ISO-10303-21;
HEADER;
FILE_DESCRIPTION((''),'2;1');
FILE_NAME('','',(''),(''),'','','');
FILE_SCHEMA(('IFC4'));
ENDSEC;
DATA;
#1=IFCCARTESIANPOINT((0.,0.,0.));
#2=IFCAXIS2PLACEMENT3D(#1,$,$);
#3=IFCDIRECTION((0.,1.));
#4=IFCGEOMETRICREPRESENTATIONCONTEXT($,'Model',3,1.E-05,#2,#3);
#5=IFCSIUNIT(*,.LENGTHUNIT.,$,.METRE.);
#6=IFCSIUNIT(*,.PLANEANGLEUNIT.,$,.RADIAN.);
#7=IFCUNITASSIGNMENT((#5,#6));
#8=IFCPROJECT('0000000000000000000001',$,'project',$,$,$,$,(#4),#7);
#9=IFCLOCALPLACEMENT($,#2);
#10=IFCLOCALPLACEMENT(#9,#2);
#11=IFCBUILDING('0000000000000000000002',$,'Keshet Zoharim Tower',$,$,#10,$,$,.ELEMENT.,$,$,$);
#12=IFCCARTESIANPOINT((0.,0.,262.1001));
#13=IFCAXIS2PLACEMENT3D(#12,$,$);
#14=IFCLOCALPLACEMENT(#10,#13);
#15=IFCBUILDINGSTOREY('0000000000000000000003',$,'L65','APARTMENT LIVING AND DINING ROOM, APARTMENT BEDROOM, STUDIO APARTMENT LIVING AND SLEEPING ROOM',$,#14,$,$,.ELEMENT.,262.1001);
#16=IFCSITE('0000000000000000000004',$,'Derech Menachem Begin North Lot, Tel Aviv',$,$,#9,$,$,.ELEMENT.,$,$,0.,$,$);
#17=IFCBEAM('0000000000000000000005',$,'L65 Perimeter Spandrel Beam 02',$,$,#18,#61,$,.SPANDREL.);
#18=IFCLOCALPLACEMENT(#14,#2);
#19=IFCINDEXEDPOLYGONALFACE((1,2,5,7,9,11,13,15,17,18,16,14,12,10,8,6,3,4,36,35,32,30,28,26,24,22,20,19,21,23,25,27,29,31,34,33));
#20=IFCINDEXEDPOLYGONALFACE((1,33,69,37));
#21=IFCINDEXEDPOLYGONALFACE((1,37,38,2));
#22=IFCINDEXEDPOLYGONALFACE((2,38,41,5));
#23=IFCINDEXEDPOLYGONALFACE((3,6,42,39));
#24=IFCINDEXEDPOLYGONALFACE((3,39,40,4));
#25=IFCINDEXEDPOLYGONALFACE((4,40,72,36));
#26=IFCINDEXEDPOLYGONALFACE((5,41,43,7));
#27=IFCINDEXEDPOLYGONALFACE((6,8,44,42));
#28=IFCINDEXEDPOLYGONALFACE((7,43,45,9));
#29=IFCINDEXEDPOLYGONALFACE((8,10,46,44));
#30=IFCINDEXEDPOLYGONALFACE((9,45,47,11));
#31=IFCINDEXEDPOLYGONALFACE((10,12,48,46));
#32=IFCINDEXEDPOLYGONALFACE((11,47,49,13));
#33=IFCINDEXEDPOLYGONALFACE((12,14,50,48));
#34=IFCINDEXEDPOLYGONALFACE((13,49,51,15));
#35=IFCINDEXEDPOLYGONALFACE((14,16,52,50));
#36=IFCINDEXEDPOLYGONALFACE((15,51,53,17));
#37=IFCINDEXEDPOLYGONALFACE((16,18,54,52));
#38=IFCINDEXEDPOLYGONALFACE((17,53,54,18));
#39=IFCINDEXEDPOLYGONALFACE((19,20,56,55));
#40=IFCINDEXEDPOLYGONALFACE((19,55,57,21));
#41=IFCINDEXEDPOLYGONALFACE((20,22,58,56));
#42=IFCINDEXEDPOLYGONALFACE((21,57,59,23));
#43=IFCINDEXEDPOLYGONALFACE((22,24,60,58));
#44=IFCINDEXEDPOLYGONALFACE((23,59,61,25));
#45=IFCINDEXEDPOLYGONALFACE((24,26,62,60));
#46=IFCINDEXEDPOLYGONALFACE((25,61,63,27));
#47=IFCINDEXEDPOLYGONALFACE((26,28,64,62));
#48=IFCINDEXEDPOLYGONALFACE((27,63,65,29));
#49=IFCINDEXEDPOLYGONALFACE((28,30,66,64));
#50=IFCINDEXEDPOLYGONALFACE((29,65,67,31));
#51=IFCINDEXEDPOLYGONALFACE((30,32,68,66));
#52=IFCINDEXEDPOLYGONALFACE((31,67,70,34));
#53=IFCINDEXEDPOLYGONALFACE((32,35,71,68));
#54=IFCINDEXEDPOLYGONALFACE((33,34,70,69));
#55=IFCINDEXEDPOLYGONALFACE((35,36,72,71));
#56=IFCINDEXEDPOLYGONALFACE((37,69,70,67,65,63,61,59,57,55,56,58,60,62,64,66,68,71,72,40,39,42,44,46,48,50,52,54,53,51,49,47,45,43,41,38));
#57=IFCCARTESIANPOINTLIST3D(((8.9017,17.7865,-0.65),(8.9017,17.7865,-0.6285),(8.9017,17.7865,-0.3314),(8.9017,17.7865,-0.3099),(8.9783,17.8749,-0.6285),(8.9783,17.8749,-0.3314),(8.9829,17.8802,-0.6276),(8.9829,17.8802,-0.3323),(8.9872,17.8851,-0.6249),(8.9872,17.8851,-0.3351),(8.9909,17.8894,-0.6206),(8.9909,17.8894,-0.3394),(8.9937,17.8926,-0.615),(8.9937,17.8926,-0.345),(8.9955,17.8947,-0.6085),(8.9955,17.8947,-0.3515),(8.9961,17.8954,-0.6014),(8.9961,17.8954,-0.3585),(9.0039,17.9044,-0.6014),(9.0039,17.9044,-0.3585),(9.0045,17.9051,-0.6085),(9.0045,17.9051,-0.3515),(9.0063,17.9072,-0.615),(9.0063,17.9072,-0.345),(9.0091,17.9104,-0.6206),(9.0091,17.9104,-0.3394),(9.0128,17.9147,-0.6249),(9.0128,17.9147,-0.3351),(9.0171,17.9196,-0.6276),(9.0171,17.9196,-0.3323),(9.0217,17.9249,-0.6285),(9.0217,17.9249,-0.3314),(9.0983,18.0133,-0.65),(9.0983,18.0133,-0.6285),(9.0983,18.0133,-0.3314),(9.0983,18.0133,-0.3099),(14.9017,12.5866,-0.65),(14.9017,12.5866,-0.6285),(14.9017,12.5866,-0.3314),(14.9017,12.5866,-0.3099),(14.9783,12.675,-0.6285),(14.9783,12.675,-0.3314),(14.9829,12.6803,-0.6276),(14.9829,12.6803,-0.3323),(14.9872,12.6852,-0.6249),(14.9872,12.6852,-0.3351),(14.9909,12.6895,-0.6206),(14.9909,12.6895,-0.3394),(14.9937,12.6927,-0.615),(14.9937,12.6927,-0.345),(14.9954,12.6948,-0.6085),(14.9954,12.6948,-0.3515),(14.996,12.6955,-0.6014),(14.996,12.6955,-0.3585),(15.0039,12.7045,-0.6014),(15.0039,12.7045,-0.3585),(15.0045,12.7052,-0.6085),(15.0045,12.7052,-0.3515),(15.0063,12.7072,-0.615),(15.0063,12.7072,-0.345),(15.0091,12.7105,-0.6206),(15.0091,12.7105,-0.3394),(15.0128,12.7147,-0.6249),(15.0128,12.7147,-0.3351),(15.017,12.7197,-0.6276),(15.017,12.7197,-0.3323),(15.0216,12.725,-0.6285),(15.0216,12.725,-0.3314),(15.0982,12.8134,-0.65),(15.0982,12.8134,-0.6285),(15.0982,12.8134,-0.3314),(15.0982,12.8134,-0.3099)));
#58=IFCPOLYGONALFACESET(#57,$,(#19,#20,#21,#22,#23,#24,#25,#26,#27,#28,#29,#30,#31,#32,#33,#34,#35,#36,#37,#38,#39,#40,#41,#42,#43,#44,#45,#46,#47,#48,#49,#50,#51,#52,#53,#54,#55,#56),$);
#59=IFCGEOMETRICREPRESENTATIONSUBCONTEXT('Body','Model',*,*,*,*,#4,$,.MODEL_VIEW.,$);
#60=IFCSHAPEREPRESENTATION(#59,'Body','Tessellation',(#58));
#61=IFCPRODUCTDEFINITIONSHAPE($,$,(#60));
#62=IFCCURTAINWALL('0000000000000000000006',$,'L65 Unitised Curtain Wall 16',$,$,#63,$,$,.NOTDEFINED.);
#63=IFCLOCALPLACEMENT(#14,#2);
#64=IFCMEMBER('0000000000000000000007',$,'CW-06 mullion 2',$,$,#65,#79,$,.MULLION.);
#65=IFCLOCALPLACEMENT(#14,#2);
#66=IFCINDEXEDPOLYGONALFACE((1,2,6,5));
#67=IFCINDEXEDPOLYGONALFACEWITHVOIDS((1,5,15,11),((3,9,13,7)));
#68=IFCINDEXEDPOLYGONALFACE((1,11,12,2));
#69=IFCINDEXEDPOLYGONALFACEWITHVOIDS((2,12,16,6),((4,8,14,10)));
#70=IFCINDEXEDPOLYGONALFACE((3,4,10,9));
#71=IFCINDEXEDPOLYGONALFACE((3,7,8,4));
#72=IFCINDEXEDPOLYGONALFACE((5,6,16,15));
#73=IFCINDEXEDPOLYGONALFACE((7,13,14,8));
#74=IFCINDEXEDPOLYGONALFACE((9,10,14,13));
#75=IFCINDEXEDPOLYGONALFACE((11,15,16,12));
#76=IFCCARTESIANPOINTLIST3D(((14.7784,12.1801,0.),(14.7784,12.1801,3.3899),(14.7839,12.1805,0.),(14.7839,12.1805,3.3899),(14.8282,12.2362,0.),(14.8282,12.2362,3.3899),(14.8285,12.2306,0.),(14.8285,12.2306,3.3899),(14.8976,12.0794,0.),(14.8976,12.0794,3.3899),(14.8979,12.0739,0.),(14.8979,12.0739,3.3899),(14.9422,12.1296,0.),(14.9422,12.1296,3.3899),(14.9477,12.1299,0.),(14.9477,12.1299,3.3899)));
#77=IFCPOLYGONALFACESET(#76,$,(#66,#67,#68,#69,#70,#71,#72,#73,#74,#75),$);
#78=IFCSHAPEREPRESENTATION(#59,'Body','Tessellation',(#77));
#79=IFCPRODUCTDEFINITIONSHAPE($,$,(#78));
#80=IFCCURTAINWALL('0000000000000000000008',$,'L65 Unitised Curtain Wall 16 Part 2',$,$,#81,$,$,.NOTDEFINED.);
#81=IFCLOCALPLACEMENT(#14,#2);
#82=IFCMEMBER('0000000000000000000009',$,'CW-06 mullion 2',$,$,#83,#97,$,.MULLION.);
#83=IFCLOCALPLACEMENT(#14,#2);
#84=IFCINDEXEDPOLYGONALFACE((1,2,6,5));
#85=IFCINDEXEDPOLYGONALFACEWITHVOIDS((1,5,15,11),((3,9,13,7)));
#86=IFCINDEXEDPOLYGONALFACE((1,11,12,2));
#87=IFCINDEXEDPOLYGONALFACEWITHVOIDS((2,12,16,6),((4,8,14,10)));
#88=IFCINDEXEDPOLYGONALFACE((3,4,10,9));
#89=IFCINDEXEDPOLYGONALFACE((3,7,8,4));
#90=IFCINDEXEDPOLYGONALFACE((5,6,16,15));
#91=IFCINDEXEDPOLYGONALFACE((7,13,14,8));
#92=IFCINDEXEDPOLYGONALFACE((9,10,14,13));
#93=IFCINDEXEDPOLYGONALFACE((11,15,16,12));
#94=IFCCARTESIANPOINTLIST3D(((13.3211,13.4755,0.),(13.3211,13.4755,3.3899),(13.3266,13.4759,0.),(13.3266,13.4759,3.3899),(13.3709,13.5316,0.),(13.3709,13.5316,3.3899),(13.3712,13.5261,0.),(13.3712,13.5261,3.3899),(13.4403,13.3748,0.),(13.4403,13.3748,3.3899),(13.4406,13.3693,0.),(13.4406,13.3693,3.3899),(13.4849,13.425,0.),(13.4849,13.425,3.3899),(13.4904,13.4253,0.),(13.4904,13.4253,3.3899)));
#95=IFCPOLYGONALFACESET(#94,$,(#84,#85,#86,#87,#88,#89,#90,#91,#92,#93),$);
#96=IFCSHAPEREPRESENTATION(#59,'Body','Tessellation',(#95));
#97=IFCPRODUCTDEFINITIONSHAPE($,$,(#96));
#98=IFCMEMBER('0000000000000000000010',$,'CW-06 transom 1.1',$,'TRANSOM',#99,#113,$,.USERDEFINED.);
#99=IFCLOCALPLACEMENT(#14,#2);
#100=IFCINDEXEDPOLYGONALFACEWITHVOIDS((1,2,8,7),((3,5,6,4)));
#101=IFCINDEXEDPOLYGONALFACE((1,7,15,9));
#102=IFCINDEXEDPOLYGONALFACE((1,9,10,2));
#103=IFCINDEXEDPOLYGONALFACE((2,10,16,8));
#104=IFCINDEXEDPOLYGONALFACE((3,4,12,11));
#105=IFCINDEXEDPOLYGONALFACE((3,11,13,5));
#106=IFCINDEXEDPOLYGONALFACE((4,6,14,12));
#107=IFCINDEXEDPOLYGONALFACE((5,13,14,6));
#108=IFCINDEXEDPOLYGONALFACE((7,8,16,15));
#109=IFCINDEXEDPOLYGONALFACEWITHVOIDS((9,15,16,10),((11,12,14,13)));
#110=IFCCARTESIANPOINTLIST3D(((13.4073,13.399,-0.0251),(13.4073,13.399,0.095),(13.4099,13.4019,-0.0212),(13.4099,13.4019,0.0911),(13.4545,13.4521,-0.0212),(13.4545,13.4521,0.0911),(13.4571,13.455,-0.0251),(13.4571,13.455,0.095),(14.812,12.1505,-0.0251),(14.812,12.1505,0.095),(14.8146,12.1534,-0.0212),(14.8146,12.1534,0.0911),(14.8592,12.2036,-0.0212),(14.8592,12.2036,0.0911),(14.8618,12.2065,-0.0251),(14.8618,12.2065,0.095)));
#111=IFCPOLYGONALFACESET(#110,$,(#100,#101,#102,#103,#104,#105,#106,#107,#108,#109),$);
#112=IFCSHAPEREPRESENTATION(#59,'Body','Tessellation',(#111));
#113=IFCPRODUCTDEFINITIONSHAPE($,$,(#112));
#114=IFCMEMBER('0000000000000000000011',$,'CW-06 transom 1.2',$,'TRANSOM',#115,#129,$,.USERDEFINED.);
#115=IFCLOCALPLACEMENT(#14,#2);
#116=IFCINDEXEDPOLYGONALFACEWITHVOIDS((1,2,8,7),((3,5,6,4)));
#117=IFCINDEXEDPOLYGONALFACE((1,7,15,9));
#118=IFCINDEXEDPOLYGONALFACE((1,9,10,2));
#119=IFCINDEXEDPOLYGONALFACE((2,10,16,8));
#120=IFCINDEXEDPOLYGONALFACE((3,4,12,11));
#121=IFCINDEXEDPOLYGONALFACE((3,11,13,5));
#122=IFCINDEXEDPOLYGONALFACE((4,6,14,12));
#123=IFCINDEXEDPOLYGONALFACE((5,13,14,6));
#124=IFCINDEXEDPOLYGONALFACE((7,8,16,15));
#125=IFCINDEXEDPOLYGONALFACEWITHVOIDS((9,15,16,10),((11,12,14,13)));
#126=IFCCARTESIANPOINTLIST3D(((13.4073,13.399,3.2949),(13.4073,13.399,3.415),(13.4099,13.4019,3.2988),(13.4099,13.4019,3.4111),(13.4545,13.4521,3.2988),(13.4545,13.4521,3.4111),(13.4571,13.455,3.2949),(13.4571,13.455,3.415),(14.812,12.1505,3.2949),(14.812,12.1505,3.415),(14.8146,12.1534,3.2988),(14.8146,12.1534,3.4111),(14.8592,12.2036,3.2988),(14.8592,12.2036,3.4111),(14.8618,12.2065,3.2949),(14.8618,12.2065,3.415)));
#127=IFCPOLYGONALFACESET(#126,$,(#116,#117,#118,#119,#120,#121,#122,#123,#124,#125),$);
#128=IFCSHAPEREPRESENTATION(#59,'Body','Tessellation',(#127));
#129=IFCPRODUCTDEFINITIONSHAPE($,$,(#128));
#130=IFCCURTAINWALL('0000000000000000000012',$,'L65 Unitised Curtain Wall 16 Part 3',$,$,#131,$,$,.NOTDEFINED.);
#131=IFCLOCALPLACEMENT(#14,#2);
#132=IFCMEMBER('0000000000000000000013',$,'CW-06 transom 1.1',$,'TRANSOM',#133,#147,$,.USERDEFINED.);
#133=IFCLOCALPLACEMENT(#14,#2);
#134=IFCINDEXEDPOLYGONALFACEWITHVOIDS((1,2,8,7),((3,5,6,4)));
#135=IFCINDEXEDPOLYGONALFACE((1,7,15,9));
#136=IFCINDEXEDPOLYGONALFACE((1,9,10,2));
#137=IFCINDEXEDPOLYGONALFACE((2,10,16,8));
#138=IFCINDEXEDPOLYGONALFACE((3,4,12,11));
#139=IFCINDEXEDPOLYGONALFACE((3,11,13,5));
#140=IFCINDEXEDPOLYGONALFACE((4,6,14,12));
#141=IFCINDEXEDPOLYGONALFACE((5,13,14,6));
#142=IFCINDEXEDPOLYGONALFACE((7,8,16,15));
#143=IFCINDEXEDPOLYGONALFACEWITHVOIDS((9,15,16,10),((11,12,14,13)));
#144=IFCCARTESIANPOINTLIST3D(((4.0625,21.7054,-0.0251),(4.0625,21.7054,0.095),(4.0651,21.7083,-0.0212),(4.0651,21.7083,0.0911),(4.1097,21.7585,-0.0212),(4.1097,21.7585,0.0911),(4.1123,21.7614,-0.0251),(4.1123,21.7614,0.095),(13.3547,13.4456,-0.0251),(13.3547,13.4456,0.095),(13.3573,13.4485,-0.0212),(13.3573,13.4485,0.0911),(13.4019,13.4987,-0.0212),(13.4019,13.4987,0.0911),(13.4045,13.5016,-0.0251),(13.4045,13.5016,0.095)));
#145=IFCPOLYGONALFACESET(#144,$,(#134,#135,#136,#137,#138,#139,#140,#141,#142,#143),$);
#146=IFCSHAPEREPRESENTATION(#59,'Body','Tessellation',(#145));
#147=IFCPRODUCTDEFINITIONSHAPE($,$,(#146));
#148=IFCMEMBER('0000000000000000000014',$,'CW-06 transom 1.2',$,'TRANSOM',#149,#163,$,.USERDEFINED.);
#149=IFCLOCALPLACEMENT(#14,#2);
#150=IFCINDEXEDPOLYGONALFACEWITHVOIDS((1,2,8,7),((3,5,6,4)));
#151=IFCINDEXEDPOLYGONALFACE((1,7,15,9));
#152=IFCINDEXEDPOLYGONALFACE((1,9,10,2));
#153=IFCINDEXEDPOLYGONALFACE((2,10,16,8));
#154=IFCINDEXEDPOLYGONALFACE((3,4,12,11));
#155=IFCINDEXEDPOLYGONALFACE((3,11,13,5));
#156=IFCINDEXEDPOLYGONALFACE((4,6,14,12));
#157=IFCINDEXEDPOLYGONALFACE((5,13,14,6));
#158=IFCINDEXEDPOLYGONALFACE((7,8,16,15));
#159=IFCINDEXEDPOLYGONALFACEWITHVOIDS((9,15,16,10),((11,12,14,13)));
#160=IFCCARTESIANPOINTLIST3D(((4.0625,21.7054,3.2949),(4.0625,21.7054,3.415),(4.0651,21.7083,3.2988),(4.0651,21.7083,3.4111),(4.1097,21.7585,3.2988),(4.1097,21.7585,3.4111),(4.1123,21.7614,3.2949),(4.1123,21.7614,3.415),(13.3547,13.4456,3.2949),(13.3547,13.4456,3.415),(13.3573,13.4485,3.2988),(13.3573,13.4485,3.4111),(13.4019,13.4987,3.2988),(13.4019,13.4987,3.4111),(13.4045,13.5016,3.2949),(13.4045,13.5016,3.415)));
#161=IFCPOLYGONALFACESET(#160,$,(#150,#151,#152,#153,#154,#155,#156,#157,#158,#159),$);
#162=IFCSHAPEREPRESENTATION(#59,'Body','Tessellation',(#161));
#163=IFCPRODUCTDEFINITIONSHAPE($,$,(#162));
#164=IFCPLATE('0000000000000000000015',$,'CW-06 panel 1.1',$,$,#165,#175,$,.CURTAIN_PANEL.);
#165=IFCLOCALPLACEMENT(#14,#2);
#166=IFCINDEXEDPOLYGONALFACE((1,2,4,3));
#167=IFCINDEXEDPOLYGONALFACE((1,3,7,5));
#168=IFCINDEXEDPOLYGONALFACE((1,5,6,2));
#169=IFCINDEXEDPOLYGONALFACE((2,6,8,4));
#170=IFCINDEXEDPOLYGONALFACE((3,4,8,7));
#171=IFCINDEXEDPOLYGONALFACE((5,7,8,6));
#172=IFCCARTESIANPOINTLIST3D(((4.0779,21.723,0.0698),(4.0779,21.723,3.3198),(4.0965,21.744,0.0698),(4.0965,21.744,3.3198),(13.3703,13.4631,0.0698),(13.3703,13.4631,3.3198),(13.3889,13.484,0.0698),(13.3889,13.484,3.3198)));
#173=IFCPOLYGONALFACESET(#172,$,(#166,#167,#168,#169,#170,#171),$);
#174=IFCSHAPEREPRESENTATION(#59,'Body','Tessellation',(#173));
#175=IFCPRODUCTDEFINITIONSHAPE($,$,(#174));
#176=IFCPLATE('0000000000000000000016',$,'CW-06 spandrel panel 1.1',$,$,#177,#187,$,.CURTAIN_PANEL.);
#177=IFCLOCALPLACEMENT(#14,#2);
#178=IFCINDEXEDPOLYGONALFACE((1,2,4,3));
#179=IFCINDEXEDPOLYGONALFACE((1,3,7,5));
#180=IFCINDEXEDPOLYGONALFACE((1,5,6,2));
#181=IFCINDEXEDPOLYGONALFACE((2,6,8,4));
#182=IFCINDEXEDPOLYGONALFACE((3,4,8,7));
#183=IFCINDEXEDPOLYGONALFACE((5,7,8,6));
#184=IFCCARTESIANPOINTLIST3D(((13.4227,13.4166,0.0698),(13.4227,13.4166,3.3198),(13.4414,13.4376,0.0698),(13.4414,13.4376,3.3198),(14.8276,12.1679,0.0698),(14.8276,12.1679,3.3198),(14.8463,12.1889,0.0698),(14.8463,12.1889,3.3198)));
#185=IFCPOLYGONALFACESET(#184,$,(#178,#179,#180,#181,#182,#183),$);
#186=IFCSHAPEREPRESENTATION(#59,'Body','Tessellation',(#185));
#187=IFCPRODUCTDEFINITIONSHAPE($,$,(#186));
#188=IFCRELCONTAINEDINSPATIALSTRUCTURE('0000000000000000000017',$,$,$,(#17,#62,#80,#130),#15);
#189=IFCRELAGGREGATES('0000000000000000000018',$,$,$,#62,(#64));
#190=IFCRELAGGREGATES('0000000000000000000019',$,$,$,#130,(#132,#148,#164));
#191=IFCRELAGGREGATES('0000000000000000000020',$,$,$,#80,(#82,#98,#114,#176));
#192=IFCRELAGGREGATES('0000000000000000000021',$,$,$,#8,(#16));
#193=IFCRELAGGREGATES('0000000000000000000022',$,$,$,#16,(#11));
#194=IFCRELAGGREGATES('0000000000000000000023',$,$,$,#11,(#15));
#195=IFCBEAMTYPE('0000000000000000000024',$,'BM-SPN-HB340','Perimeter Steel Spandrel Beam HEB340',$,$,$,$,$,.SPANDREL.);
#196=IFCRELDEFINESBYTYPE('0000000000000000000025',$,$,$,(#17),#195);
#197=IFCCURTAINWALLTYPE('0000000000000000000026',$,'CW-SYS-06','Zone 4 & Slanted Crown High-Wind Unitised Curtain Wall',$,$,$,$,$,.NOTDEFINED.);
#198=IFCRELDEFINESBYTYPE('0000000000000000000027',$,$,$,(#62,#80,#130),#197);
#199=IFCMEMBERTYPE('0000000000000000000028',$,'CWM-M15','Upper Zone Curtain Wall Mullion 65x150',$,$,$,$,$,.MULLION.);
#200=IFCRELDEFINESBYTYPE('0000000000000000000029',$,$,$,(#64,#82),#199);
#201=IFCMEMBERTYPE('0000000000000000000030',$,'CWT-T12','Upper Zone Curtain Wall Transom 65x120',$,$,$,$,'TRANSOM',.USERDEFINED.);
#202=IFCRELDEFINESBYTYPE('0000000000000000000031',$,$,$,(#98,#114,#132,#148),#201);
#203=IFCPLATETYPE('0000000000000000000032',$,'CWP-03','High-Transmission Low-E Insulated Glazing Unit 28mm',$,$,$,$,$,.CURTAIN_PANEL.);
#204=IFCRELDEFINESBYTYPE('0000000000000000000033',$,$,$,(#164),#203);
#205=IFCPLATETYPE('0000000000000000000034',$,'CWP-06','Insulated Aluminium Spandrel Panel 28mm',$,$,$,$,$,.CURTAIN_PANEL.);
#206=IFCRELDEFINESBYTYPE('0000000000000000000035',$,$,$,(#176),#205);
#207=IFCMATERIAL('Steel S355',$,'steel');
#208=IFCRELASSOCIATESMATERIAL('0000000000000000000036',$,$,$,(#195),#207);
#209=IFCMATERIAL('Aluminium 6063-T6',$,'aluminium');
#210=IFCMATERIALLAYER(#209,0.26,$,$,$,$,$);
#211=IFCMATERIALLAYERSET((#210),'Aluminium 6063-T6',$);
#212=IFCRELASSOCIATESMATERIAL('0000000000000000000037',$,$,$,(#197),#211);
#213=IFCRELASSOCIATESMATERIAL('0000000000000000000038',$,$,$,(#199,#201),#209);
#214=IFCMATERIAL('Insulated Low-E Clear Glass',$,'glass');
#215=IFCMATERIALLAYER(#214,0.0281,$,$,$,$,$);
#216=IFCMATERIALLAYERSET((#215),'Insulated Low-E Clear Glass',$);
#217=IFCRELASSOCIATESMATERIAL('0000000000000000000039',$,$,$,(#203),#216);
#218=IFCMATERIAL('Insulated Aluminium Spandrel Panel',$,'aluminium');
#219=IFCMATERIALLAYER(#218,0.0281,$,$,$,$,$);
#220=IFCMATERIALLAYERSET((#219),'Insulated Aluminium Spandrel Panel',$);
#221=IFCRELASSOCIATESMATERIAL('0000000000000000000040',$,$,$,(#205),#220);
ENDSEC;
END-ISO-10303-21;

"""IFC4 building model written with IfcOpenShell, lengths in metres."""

from ifc_helpers import new_model, si_unit, direction, frame, origin, origin_2d, place, context, subcontext, project, spatial, rectangle, hollow_rectangle, i_section, extrude, material, layer, layer_set, material_profile, profile_set, type_object, element, aggregate, save


model = new_model("IFC4")

# Units and contexts
model_context = context("Model", 3, precision=1e-05, world=origin(), true_north=direction((0.0, 1.0)))
body_context = subcontext(model_context, "Body", "Model", "MODEL_VIEW")
ifc_project = project(units=[si_unit("LENGTHUNIT", "METRE"), si_unit("PLANEANGLEUNIT", "RADIAN")], contexts=[model_context])

# Site, building, storey
site_placement = place(None, origin())
site = spatial("IfcSite", under=ifc_project, at=site_placement, Name="Derech Menachem Begin North Lot, Tel Aviv", CompositionType="ELEMENT", RefElevation=0.0)
building_placement = place(site_placement, origin())
building = spatial("IfcBuilding", under=site, at=building_placement, Name="Keshet Zoharim Tower", CompositionType="ELEMENT")
storey_placement = place(building_placement, frame((0.0, 0.0, 262.1001)))
storey = spatial("IfcBuildingStorey", under=building, at=storey_placement, Name="L65", Description="APARTMENT LIVING AND DINING ROOM, APARTMENT BEDROOM, STUDIO APARTMENT LIVING AND SLEEPING ROOM", CompositionType="ELEMENT", Elevation=262.1001)

# Shared definitions
ifc_material_1 = material(Name="Steel S355", Category="steel")

# Beam
ifc_material_profile_1 = material_profile(ifc_material_1, i_section(OverallWidth=0.3, OverallDepth=0.3401, WebThickness=0.012, FlangeThickness=0.0215, FilletRadius=0.0271, at=origin_2d()), Name="HEB340")
ifc_profile_set_1 = profile_set([ifc_material_profile_1], Name="Steel S355")
beam_type_1 = type_object("IfcBeamType", Name="BM-SPN-HB340", Description="Perimeter Steel Spandrel Beam HEB340", PredefinedType="SPANDREL", material=ifc_profile_set_1)
beam_1_placement = place(storey_placement, frame((9.0, 17.8999, -0.48), z_axis=(0.755692, -0.654927, 0.0), x_axis=(0.654927, 0.755692, 0.0)))
element("IfcBeam", 1, at=beam_1_placement, inside=storey, type_object=beam_type_1, Name="L65 Perimeter Spandrel Beam 02", PredefinedType="SPANDREL", context=body_context, shape_type="SweptSolid", body=[
    extrude(i_section(OverallWidth=0.3, OverallDepth=0.3401, WebThickness=0.012, FlangeThickness=0.0215, FilletRadius=0.0271, at=origin_2d()), origin(), (0.0, 0.0, 1.0), 7.9397),
])

# Curtain wall, member
ifc_material_2 = material(Name="Aluminium 6063-T6", Category="aluminium")
ifc_layer_1 = layer(ifc_material_2, 0.26)
ifc_layer_set_1 = layer_set([ifc_layer_1], Name="Aluminium 6063-T6")
curtain_wall_type = type_object("IfcCurtainWallType", Name="CW-SYS-06", Description="Zone 4 & Slanted Crown High-Wind Unitised Curtain Wall", PredefinedType="NOTDEFINED", material=ifc_layer_set_1)
curtain_wall_1_placement = place(storey_placement, origin())
curtain_wall_1 = element("IfcCurtainWall", 2, at=curtain_wall_1_placement, inside=storey, type_object=curtain_wall_type, Name="L65 Unitised Curtain Wall 16", PredefinedType="NOTDEFINED")
ifc_material_profile_2 = material_profile(ifc_material_2, hollow_rectangle(XDim=0.075, YDim=0.1599, WallThickness=0.0039, at=origin_2d()), Name="MUL-75x160")
ifc_profile_set_2 = profile_set([ifc_material_profile_2], Name="Aluminium 6063-T6")
member_type_1 = type_object("IfcMemberType", Name="CWM-M15", Description="Upper Zone Curtain Wall Mullion 65x150", PredefinedType="MULLION", material=ifc_profile_set_2)
member_1_placement = place(storey_placement, frame((14.863, 12.155, 0.0), z_axis=(0.0, 0.0, 1.0), x_axis=(-0.664362, -0.747411, 0.0)))
member_1 = element("IfcMember", 3, at=member_1_placement, type_object=member_type_1, Name="CW-06 mullion 2", PredefinedType="MULLION", context=body_context, shape_type="SweptSolid", body=[
    extrude(hollow_rectangle(XDim=0.075, YDim=0.1599, WallThickness=0.0039, at=origin_2d()), origin(), (0.0, 0.0, 1.0), 3.3899),
])
aggregate(curtain_wall_1, [member_1])

# Curtain wall, members
curtain_wall_2_placement = place(storey_placement, origin())
curtain_wall_2 = element("IfcCurtainWall", 4, at=curtain_wall_2_placement, inside=storey, type_object=curtain_wall_type, Name="L65 Unitised Curtain Wall 16 Part 2", PredefinedType="NOTDEFINED")
member_2_placement = place(storey_placement, frame((13.4058, 13.4504, 0.0), z_axis=(0.0, 0.0, 1.0), x_axis=(-0.664338, -0.747432, 0.0)))
member_2 = element("IfcMember", 5, at=member_2_placement, type_object=member_type_1, Name="CW-06 mullion 2", PredefinedType="MULLION", context=body_context, shape_type="SweptSolid", body=[
    extrude(hollow_rectangle(XDim=0.075, YDim=0.1599, WallThickness=0.0039, at=origin_2d()), origin(), (0.0, 0.0, 1.0), 3.3899),
])
ifc_material_profile_3 = material_profile(ifc_material_2, hollow_rectangle(XDim=0.075, YDim=0.1201, WallThickness=0.0039, at=origin_2d()), Name="TRN-75x120")
ifc_profile_set_3 = profile_set([ifc_material_profile_3], Name="Aluminium 6063-T6")
member_type_2 = type_object("IfcMemberType", Name="CWT-T12", Description="Upper Zone Curtain Wall Transom 65x120", ElementType="TRANSOM", PredefinedType="USERDEFINED", material=ifc_profile_set_3)
member_3_placement = place(storey_placement, frame((14.8369, 12.1785, 0.0349), z_axis=(-0.747452, 0.664315, 0.0), x_axis=(-0.664315, -0.747452, 0.0)))
member_3 = element("IfcMember", 6, at=member_3_placement, type_object=member_type_2, Name="CW-06 transom 1.1", ObjectType="TRANSOM", PredefinedType="USERDEFINED", context=body_context, shape_type="SweptSolid", body=[
    extrude(hollow_rectangle(XDim=0.075, YDim=0.1201, WallThickness=0.0039, at=origin_2d()), origin(), (0.0, 0.0, 1.0), 1.8794),
])
member_4_placement = place(storey_placement, frame((14.8369, 12.1785, 3.355), z_axis=(-0.747452, 0.664315, 0.0), x_axis=(-0.664315, -0.747452, 0.0)))
member_4 = element("IfcMember", 7, at=member_4_placement, type_object=member_type_2, Name="CW-06 transom 1.2", ObjectType="TRANSOM", PredefinedType="USERDEFINED", context=body_context, shape_type="SweptSolid", body=[
    extrude(hollow_rectangle(XDim=0.075, YDim=0.1201, WallThickness=0.0039, at=origin_2d()), origin(), (0.0, 0.0, 1.0), 1.8794),
])

# Curtain wall, members, plate
curtain_wall_3_placement = place(storey_placement, origin())
curtain_wall_3 = element("IfcCurtainWall", 8, at=curtain_wall_3_placement, inside=storey, type_object=curtain_wall_type, Name="L65 Unitised Curtain Wall 16 Part 3", PredefinedType="NOTDEFINED")
member_5_placement = place(storey_placement, frame((13.3796, 13.4736, 0.0349), z_axis=(-0.747409, 0.664364, 0.0), x_axis=(-0.664364, -0.747409, 0.0)))
member_5 = element("IfcMember", 9, at=member_5_placement, type_object=member_type_2, Name="CW-06 transom 1.1", ObjectType="TRANSOM", PredefinedType="USERDEFINED", context=body_context, shape_type="SweptSolid", body=[
    extrude(hollow_rectangle(XDim=0.075, YDim=0.1201, WallThickness=0.0039, at=origin_2d()), origin(), (0.0, 0.0, 1.0), 12.4326),
])
member_6_placement = place(storey_placement, frame((13.3796, 13.4736, 3.355), z_axis=(-0.747409, 0.664364, 0.0), x_axis=(-0.664364, -0.747409, 0.0)))
member_6 = element("IfcMember", 10, at=member_6_placement, type_object=member_type_2, Name="CW-06 transom 1.2", ObjectType="TRANSOM", PredefinedType="USERDEFINED", context=body_context, shape_type="SweptSolid", body=[
    extrude(hollow_rectangle(XDim=0.075, YDim=0.1201, WallThickness=0.0039, at=origin_2d()), origin(), (0.0, 0.0, 1.0), 12.4326),
])
ifc_material_3 = material(Name="Insulated Low-E Clear Glass", Category="glass")
ifc_layer_2 = layer(ifc_material_3, 0.0281)
ifc_layer_set_2 = layer_set([ifc_layer_2], Name="Insulated Low-E Clear Glass")
plate_type_1 = type_object("IfcPlateType", Name="CWP-03", Description="High-Transmission Low-E Insulated Glazing Unit 28mm", PredefinedType="CURTAIN_PANEL", material=ifc_layer_set_2)
plate_1_placement = place(storey_placement, frame((8.7334, 17.6035, 0.0698), z_axis=(0.0, 0.0, 1.0), x_axis=(-0.747409, 0.664364, 0.0)))
plate_1 = element("IfcPlate", 11, at=plate_1_placement, type_object=plate_type_1, Name="CW-06 panel 1.1", PredefinedType="CURTAIN_PANEL", context=body_context, shape_type="SweptSolid", body=[
    extrude(rectangle(XDim=12.4329, YDim=0.0281, at=origin_2d()), origin(), (0.0, 0.0, 1.0), 3.25),
])
aggregate(curtain_wall_3, [member_5, member_6, plate_1])

# Plate
ifc_material_4 = material(Name="Insulated Aluminium Spandrel Panel", Category="aluminium")
ifc_layer_3 = layer(ifc_material_4, 0.0281)
ifc_layer_set_3 = layer_set([ifc_layer_3], Name="Insulated Aluminium Spandrel Panel")
plate_type_2 = type_object("IfcPlateType", Name="CWP-06", Description="Insulated Aluminium Spandrel Panel 28mm", PredefinedType="CURTAIN_PANEL", material=ifc_layer_set_3)
plate_2_placement = place(storey_placement, frame((14.1345, 12.8027, 0.0698), z_axis=(0.0, 0.0, 1.0), x_axis=(-0.747432, 0.664338, 0.0)))
plate_2 = element("IfcPlate", 12, at=plate_2_placement, type_object=plate_type_2, Name="CW-06 spandrel panel 1.1", PredefinedType="CURTAIN_PANEL", context=body_context, shape_type="SweptSolid", body=[
    extrude(rectangle(XDim=1.8796, YDim=0.0281, at=origin_2d()), origin(), (0.0, 0.0, 1.0), 3.25),
])
aggregate(curtain_wall_2, [member_2, member_3, member_4, plate_2])

save(model, "model.ifc")
